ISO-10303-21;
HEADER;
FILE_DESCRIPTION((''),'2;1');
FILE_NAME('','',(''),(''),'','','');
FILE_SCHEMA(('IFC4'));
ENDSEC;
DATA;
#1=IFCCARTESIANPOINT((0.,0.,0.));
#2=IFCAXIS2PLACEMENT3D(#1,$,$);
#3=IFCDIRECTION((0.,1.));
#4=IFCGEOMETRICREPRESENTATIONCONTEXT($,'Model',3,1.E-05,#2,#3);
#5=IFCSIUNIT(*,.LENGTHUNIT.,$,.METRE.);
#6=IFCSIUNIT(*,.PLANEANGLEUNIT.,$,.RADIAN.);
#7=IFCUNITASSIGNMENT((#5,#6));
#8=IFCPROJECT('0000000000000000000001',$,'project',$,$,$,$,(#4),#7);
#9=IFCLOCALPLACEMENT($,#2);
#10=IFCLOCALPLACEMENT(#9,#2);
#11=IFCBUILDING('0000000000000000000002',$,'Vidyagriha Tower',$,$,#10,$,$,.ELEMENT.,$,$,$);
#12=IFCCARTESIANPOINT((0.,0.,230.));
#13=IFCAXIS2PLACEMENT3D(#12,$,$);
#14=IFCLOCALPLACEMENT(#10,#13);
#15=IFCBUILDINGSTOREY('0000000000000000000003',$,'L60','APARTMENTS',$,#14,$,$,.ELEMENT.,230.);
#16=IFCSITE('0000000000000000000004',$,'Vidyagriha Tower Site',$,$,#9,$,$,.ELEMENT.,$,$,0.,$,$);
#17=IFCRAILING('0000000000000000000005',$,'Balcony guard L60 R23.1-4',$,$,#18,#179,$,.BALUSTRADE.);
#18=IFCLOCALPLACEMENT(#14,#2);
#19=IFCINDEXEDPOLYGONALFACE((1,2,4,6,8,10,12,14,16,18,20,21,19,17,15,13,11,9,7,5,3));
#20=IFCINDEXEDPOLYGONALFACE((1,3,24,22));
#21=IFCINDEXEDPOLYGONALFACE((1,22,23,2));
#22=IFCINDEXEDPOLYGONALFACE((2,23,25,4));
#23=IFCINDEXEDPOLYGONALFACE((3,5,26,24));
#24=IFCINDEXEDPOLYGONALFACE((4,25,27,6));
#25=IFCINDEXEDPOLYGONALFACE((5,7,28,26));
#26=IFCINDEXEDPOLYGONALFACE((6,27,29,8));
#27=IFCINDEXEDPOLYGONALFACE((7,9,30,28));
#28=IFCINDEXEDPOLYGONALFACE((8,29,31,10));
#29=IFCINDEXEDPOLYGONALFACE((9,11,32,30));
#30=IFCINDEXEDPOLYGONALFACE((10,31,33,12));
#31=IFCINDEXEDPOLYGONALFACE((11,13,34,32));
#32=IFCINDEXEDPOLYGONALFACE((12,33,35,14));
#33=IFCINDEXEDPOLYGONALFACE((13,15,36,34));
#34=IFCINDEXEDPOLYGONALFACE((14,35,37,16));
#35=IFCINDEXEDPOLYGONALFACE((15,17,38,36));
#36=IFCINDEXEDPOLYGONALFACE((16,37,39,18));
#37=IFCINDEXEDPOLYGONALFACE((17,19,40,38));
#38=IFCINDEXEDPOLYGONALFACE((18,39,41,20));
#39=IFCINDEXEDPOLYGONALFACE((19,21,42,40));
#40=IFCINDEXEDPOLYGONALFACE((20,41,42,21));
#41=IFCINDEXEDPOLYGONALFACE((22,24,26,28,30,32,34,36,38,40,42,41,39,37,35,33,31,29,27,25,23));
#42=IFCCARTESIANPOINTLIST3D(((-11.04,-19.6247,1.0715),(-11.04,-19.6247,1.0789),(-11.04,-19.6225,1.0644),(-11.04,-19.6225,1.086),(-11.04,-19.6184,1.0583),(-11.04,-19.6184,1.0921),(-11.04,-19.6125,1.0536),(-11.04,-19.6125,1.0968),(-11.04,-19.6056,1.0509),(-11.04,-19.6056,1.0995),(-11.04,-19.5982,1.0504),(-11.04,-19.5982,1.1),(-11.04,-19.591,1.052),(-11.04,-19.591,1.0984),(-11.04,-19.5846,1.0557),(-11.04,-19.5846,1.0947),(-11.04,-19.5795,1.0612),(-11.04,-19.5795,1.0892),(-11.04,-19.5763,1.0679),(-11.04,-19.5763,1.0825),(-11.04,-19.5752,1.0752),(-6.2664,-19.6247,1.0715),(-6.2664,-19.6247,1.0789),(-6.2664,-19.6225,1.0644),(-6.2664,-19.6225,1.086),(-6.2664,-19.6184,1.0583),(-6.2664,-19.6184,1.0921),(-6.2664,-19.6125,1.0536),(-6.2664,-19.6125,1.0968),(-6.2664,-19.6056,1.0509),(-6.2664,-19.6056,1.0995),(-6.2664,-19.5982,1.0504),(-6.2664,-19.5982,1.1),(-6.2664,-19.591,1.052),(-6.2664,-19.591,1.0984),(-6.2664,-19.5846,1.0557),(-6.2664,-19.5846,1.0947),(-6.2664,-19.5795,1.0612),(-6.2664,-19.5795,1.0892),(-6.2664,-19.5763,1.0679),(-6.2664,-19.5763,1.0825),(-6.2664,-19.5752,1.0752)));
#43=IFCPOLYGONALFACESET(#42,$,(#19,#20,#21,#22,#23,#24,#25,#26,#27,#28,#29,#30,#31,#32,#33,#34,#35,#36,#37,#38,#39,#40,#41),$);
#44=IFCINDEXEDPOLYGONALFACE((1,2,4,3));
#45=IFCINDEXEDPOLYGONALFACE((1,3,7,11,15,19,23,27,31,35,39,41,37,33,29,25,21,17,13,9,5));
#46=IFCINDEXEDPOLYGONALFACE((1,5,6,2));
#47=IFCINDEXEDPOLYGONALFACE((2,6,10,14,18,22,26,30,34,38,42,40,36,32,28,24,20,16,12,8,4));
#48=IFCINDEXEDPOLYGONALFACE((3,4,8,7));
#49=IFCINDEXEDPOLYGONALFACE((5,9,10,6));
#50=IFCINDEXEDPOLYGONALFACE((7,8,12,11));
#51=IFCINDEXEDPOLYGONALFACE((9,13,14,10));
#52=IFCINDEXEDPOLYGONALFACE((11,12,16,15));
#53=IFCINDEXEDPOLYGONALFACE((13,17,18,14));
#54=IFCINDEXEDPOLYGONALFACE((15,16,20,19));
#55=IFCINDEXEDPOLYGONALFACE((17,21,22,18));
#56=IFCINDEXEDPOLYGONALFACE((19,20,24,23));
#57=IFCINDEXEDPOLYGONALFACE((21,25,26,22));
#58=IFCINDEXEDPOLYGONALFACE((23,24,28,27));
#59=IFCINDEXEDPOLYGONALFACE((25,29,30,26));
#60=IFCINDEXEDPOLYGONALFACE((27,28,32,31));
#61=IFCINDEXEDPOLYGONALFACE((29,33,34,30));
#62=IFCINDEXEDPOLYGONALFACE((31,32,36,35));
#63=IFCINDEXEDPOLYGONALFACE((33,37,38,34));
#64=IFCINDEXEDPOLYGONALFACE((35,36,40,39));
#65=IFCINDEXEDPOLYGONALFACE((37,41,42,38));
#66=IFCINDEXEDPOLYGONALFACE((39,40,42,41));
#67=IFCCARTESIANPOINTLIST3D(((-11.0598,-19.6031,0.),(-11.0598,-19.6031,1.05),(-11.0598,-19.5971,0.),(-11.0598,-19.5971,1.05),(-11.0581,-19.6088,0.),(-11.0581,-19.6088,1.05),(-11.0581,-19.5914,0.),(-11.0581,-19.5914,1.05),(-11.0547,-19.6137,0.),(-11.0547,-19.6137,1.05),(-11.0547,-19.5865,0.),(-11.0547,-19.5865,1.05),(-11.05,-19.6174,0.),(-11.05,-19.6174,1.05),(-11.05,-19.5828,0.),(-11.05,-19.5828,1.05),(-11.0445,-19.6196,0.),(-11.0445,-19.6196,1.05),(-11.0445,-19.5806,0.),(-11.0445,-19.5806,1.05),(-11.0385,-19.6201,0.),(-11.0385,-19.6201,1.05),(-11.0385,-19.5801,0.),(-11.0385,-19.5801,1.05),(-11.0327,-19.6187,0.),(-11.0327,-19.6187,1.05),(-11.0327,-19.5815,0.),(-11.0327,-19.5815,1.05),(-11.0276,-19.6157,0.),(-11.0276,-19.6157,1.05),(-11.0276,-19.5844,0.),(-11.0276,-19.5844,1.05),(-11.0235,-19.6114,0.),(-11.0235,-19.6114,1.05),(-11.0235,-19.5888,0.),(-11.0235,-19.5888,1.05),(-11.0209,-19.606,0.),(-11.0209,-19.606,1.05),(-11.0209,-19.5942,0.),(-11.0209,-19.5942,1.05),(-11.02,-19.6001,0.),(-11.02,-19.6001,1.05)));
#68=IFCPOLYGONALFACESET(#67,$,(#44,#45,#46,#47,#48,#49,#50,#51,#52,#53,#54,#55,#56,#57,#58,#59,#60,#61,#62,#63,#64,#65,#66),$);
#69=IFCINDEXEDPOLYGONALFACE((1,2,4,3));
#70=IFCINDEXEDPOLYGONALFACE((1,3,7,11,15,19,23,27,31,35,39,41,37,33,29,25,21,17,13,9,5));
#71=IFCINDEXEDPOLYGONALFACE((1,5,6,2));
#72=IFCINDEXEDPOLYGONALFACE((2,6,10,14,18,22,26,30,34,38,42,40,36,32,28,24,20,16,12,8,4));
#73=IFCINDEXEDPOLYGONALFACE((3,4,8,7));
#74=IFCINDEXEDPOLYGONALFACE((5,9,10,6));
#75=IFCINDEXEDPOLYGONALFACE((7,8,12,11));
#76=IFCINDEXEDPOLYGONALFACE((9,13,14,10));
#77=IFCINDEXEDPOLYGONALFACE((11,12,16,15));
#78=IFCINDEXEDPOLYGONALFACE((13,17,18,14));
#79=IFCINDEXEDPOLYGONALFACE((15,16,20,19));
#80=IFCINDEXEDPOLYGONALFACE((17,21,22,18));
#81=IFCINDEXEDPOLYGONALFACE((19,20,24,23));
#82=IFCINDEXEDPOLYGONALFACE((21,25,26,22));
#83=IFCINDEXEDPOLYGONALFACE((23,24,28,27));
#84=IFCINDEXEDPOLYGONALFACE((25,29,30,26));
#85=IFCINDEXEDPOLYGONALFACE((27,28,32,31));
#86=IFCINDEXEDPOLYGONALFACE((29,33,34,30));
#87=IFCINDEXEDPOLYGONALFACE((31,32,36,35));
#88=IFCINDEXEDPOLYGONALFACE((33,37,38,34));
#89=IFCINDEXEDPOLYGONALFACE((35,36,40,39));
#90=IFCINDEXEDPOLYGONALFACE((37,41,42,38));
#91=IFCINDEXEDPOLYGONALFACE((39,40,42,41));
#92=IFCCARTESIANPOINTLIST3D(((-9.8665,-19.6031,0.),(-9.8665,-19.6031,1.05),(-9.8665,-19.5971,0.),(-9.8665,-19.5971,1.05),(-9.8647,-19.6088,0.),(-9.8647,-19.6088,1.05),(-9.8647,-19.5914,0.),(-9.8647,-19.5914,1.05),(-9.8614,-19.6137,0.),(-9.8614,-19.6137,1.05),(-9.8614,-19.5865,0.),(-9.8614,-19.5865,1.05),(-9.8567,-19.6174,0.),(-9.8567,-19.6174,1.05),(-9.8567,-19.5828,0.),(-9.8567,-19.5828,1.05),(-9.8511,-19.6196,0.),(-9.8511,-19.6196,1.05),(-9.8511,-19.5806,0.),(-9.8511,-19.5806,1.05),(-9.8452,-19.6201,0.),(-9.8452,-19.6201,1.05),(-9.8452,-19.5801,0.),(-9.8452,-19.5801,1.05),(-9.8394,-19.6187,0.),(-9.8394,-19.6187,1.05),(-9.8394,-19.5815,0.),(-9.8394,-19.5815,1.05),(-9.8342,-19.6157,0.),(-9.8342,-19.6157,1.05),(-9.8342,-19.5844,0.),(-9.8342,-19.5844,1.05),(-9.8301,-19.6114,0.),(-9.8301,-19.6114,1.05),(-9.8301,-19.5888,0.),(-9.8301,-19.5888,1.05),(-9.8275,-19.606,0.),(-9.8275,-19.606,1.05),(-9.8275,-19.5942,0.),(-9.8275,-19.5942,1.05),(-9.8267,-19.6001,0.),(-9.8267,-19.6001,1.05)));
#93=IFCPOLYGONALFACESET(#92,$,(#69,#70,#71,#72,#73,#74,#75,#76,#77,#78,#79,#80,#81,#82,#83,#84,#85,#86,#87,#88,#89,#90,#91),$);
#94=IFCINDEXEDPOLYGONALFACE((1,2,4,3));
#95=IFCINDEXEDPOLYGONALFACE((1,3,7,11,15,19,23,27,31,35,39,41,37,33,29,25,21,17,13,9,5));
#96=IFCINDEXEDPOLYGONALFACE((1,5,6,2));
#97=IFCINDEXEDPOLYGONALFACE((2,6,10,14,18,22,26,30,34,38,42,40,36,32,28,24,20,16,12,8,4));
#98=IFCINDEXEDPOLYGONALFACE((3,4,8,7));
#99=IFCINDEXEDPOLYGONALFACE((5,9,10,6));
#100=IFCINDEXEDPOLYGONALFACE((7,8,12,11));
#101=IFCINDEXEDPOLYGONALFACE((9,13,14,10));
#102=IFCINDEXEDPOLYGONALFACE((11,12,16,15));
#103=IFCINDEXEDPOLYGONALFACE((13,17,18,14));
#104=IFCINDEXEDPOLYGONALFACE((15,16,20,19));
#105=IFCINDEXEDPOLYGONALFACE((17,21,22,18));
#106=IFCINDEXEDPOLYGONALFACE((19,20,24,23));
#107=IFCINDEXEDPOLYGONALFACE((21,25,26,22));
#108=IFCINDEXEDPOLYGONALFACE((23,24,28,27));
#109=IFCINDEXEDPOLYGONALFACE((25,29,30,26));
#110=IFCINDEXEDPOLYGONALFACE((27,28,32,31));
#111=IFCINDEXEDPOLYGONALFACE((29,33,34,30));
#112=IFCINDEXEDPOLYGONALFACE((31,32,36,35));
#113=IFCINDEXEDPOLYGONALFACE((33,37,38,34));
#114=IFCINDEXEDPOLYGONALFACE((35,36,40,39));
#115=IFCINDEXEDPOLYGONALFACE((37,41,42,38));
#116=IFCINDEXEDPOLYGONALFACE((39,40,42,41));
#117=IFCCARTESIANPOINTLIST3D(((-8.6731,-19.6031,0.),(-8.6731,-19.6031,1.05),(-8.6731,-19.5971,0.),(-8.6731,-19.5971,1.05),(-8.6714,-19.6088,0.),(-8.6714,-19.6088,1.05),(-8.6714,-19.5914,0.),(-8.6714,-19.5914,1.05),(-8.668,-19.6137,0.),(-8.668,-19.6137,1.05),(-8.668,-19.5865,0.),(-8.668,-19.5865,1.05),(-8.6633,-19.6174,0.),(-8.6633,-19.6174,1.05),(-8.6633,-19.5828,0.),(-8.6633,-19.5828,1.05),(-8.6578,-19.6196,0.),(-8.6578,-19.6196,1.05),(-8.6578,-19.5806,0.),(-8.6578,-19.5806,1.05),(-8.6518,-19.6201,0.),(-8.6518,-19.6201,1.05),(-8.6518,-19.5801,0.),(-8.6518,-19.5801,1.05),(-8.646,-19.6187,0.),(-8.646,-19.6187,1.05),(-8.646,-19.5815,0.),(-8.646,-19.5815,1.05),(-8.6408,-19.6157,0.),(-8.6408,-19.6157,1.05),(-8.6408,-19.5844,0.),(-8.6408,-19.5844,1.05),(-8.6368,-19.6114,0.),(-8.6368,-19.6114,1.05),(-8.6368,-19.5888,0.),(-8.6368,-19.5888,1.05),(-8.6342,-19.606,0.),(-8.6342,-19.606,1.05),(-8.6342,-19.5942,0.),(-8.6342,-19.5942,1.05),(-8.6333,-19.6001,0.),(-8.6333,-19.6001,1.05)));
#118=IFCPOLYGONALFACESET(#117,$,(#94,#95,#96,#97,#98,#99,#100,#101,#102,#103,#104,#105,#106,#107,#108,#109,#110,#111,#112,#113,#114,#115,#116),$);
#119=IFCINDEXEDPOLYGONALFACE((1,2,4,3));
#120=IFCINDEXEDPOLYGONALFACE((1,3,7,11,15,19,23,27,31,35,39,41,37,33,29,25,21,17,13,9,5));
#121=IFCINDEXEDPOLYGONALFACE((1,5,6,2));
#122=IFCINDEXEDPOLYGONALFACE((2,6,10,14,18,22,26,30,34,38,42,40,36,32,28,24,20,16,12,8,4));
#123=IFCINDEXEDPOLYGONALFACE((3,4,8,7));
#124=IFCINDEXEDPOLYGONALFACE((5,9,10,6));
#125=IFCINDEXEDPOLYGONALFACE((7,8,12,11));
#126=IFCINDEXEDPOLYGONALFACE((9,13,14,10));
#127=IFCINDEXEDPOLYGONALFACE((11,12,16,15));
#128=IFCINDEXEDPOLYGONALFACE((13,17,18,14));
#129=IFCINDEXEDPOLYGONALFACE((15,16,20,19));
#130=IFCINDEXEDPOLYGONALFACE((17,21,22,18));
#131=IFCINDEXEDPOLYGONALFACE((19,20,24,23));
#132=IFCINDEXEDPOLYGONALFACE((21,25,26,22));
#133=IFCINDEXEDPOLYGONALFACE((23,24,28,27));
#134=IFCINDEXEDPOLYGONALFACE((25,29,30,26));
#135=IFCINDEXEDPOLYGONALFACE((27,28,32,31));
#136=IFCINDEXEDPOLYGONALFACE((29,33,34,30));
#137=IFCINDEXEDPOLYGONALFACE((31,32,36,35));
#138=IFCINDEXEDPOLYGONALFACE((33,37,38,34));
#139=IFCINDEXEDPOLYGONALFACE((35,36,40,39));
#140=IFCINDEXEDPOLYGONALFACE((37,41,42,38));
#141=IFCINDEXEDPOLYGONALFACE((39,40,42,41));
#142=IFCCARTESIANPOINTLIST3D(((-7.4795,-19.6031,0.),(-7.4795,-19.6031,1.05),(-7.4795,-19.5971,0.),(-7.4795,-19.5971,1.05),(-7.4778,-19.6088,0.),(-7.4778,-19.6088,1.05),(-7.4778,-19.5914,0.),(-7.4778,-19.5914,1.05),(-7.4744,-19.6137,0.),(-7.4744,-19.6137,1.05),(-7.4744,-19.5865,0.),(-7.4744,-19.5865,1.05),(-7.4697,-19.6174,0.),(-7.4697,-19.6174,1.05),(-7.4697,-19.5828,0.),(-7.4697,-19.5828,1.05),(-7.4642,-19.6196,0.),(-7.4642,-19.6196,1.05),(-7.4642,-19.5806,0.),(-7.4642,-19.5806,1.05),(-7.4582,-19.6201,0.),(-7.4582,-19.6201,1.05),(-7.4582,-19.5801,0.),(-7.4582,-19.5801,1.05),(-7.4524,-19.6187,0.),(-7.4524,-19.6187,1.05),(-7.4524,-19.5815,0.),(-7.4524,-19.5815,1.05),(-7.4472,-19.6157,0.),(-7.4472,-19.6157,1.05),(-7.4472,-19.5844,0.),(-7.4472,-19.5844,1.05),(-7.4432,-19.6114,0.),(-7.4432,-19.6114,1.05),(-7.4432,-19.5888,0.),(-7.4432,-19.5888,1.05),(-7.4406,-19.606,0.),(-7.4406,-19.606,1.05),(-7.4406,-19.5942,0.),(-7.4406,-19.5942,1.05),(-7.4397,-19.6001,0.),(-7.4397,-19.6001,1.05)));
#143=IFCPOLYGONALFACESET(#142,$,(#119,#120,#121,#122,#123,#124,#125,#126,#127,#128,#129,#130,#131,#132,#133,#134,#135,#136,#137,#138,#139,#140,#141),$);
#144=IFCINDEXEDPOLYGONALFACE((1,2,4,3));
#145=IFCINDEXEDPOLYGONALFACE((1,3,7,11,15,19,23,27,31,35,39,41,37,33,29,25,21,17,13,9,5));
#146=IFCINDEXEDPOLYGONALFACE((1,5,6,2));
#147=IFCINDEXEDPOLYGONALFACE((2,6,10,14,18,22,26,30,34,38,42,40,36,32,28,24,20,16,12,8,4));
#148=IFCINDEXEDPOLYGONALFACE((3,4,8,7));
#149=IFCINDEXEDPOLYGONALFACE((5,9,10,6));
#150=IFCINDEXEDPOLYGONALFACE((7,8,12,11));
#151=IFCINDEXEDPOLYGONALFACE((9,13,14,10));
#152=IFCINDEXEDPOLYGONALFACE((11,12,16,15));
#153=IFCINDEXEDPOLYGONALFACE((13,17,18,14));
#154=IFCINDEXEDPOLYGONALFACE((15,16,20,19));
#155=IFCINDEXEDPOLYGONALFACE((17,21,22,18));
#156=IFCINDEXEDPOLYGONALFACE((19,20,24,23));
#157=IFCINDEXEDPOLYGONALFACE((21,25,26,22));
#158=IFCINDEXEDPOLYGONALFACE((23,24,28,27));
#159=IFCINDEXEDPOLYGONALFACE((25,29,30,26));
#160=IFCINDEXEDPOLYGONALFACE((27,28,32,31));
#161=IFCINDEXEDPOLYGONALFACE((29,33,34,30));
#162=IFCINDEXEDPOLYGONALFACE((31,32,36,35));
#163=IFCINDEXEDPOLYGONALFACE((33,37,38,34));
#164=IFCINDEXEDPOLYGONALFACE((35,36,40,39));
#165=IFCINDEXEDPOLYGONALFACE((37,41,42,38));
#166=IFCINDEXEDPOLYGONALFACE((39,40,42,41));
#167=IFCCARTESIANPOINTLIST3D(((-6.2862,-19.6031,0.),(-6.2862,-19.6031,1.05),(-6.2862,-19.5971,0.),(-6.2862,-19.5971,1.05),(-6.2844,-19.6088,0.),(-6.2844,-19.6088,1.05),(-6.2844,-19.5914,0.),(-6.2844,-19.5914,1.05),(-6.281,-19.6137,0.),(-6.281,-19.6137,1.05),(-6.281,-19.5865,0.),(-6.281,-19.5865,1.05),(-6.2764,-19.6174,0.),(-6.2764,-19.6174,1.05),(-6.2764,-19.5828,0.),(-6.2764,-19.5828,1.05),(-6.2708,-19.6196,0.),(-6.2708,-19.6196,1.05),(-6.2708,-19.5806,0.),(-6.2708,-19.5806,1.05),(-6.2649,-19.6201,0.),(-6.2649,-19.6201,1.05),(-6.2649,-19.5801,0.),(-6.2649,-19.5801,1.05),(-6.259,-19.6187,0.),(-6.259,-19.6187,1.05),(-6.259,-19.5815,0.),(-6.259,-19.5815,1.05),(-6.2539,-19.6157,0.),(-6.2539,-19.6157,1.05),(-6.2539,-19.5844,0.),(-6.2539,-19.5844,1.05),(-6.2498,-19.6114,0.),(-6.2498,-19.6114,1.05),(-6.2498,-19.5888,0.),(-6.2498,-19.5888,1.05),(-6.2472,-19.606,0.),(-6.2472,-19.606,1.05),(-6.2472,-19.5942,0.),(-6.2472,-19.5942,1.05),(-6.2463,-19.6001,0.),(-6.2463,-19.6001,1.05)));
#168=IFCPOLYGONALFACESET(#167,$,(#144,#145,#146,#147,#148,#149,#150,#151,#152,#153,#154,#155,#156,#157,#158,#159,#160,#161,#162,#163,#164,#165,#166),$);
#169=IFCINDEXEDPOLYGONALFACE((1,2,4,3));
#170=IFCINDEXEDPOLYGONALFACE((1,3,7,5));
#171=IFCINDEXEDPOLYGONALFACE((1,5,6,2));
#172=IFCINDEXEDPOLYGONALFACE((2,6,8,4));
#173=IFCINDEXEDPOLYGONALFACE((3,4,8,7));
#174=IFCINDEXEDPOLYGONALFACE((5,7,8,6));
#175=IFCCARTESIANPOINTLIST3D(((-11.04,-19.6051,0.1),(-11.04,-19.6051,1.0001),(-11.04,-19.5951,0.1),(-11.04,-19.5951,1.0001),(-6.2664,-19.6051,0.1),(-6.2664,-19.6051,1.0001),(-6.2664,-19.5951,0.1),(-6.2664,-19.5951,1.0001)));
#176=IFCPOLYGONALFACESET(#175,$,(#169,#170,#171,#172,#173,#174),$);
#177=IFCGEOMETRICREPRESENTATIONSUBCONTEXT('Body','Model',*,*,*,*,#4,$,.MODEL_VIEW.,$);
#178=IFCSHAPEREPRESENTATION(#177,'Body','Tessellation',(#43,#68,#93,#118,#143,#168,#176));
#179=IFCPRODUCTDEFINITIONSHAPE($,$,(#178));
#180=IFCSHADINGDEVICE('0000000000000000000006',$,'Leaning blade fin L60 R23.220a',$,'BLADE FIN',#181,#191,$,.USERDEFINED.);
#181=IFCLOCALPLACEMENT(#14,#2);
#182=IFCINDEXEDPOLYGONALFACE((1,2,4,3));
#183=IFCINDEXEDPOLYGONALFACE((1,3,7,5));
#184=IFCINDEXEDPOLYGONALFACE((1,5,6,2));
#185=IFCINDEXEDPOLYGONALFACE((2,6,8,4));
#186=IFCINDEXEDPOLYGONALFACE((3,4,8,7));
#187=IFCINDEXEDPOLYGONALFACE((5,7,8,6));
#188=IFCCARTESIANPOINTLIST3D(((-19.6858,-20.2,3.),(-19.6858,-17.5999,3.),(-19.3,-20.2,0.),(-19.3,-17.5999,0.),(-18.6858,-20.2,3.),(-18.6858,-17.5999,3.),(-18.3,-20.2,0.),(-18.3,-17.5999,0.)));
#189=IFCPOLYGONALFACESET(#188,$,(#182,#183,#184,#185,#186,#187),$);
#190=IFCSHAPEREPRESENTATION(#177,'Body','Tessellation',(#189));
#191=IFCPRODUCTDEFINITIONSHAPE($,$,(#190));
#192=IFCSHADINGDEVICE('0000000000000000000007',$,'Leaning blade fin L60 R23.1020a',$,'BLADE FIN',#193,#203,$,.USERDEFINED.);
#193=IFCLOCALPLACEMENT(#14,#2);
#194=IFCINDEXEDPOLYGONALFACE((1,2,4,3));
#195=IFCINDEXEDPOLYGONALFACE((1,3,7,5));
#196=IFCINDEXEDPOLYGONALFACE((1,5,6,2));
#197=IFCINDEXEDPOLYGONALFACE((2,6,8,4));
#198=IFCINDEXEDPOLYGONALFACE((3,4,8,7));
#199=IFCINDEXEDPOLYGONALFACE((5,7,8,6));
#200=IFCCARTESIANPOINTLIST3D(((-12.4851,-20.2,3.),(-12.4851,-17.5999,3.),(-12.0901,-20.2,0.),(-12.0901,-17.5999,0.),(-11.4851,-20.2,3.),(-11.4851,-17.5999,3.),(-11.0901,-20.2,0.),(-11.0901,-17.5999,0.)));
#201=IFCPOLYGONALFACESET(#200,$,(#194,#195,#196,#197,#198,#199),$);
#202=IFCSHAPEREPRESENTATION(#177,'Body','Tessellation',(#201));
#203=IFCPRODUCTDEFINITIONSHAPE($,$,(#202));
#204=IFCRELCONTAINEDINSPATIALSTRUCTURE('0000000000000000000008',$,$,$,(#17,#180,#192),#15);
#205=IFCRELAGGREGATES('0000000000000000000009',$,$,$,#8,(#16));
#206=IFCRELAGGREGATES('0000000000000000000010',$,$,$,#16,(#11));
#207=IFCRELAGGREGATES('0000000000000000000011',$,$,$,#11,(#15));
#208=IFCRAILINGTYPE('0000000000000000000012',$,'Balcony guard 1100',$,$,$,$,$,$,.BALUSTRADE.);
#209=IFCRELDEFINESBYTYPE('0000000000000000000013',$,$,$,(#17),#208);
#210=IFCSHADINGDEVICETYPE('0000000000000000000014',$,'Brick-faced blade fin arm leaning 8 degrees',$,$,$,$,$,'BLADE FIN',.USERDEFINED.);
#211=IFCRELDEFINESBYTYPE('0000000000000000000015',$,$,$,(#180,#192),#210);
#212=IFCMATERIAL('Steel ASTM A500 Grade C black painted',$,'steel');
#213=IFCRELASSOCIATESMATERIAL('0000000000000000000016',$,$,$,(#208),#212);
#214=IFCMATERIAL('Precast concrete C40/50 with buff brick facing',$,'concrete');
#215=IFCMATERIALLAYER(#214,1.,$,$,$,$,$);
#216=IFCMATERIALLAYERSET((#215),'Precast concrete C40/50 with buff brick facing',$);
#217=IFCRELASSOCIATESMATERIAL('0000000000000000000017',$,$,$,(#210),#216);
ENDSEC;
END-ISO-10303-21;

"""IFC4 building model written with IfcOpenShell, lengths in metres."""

from ifc_helpers import new_model, si_unit, direction, frame, origin, origin_2d, place, context, subcontext, project, spatial, polyline, rectangle, circle, outline, extrude, material, layer, layer_set, type_object, element, save


model = new_model("IFC4")

# Units and contexts
model_context = context("Model", 3, precision=1e-05, world=origin(), true_north=direction((0.0, 1.0)))
body_context = subcontext(model_context, "Body", "Model", "MODEL_VIEW")
ifc_project = project(units=[si_unit("LENGTHUNIT", "METRE"), si_unit("PLANEANGLEUNIT", "RADIAN")], contexts=[model_context])

# Site, building, storey
site_placement = place(None, origin())
site = spatial("IfcSite", under=ifc_project, at=site_placement, Name="Vidyagriha Tower Site", CompositionType="ELEMENT", RefElevation=0.0)
building_placement = place(site_placement, origin())
building = spatial("IfcBuilding", under=site, at=building_placement, Name="Vidyagriha Tower", CompositionType="ELEMENT")
storey_placement = place(building_placement, frame((0.0, 0.0, 230.0)))
storey = spatial("IfcBuildingStorey", under=building, at=storey_placement, Name="L60", Description="APARTMENTS", CompositionType="ELEMENT", Elevation=230.0)

# Railing
ifc_material_1 = material(Name="Steel ASTM A500 Grade C black painted", Category="steel")
railing_type = type_object("IfcRailingType", Name="Balcony guard 1100", PredefinedType="BALUSTRADE", material=ifc_material_1)
railing_1_placement = place(storey_placement, frame((-11.04, -19.6001, 0.0)))
element("IfcRailing", 1, at=railing_1_placement, inside=storey, type_object=railing_type, Name="Balcony guard L60 R23.1-4", PredefinedType="BALUSTRADE", context=body_context, shape_type="SweptSolid", body=[
    extrude(circle(Radius=0.0249, at=origin_2d()), frame((0.0, 0.0, 1.0752), z_axis=(1.0, 0.0, 0.0), x_axis=(0.0, 1.0, 0.0)), (0.0, 0.0, 1.0), 4.7737),
    extrude(circle(Radius=0.02, at=origin_2d()), origin(), (0.0, 0.0, 1.0), 1.05),
    extrude(circle(Radius=0.02, at=origin_2d()), frame((1.1934, 0.0, 0.0)), (0.0, 0.0, 1.0), 1.05),
    extrude(circle(Radius=0.02, at=origin_2d()), frame((2.3867, 0.0, 0.0)), (0.0, 0.0, 1.0), 1.05),
    extrude(circle(Radius=0.02, at=origin_2d()), frame((3.5803, 0.0, 0.0)), (0.0, 0.0, 1.0), 1.05),
    extrude(circle(Radius=0.02, at=origin_2d()), frame((4.7737, 0.0, 0.0)), (0.0, 0.0, 1.0), 1.05),
    extrude(rectangle(XDim=0.01, YDim=0.9001, at=origin_2d()), frame((0.0, 0.0, 0.55), z_axis=(1.0, 0.0, 0.0), x_axis=(0.0, 1.0, 0.0)), (0.0, 0.0, 1.0), 4.7737),
])

# Shading devices
ifc_material_2 = material(Name="Precast concrete C40/50 with buff brick facing", Category="concrete")
ifc_layer_1 = layer(ifc_material_2, 1.0)
ifc_layer_set_1 = layer_set([ifc_layer_1], Name="Precast concrete C40/50 with buff brick facing")
shading_device_type = type_object("IfcShadingDeviceType", Name="Brick-faced blade fin arm leaning 8 degrees", ElementType="BLADE FIN", PredefinedType="USERDEFINED", material=ifc_layer_set_1)
shading_device_1_placement = place(storey_placement, frame((-19.6858, -18.8999, 0.0)))
element("IfcShadingDevice", 2, at=shading_device_1_placement, inside=storey, type_object=shading_device_type, Name="Leaning blade fin L60 R23.220a", ObjectType="BLADE FIN", PredefinedType="USERDEFINED", context=body_context, shape_type="SweptSolid", body=[
    extrude(outline(polyline([(0.3857, 0.0), (1.3857, 0.0), (1.0, 3.0), (0.0, 3.0), (0.3857, 0.0)])), frame((0.0, 1.3, 0.0), z_axis=(0.0, -1.0, 0.0), x_axis=(1.0, 0.0, 0.0)), (0.0, 0.0, 1.0), 2.6001),
])
shading_device_2_placement = place(storey_placement, frame((-12.4851, -18.8999, 0.0)))
element("IfcShadingDevice", 3, at=shading_device_2_placement, inside=storey, type_object=shading_device_type, Name="Leaning blade fin L60 R23.1020a", ObjectType="BLADE FIN", PredefinedType="USERDEFINED", context=body_context, shape_type="SweptSolid", body=[
    extrude(outline(polyline([(0.395, 0.0), (1.395, 0.0), (1.0, 3.0), (0.0, 3.0), (0.395, 0.0)])), frame((0.0, 1.3, 0.0), z_axis=(0.0, -1.0, 0.0), x_axis=(1.0, 0.0, 0.0)), (0.0, 0.0, 1.0), 2.6001),
])

save(model, "model.ifc")
